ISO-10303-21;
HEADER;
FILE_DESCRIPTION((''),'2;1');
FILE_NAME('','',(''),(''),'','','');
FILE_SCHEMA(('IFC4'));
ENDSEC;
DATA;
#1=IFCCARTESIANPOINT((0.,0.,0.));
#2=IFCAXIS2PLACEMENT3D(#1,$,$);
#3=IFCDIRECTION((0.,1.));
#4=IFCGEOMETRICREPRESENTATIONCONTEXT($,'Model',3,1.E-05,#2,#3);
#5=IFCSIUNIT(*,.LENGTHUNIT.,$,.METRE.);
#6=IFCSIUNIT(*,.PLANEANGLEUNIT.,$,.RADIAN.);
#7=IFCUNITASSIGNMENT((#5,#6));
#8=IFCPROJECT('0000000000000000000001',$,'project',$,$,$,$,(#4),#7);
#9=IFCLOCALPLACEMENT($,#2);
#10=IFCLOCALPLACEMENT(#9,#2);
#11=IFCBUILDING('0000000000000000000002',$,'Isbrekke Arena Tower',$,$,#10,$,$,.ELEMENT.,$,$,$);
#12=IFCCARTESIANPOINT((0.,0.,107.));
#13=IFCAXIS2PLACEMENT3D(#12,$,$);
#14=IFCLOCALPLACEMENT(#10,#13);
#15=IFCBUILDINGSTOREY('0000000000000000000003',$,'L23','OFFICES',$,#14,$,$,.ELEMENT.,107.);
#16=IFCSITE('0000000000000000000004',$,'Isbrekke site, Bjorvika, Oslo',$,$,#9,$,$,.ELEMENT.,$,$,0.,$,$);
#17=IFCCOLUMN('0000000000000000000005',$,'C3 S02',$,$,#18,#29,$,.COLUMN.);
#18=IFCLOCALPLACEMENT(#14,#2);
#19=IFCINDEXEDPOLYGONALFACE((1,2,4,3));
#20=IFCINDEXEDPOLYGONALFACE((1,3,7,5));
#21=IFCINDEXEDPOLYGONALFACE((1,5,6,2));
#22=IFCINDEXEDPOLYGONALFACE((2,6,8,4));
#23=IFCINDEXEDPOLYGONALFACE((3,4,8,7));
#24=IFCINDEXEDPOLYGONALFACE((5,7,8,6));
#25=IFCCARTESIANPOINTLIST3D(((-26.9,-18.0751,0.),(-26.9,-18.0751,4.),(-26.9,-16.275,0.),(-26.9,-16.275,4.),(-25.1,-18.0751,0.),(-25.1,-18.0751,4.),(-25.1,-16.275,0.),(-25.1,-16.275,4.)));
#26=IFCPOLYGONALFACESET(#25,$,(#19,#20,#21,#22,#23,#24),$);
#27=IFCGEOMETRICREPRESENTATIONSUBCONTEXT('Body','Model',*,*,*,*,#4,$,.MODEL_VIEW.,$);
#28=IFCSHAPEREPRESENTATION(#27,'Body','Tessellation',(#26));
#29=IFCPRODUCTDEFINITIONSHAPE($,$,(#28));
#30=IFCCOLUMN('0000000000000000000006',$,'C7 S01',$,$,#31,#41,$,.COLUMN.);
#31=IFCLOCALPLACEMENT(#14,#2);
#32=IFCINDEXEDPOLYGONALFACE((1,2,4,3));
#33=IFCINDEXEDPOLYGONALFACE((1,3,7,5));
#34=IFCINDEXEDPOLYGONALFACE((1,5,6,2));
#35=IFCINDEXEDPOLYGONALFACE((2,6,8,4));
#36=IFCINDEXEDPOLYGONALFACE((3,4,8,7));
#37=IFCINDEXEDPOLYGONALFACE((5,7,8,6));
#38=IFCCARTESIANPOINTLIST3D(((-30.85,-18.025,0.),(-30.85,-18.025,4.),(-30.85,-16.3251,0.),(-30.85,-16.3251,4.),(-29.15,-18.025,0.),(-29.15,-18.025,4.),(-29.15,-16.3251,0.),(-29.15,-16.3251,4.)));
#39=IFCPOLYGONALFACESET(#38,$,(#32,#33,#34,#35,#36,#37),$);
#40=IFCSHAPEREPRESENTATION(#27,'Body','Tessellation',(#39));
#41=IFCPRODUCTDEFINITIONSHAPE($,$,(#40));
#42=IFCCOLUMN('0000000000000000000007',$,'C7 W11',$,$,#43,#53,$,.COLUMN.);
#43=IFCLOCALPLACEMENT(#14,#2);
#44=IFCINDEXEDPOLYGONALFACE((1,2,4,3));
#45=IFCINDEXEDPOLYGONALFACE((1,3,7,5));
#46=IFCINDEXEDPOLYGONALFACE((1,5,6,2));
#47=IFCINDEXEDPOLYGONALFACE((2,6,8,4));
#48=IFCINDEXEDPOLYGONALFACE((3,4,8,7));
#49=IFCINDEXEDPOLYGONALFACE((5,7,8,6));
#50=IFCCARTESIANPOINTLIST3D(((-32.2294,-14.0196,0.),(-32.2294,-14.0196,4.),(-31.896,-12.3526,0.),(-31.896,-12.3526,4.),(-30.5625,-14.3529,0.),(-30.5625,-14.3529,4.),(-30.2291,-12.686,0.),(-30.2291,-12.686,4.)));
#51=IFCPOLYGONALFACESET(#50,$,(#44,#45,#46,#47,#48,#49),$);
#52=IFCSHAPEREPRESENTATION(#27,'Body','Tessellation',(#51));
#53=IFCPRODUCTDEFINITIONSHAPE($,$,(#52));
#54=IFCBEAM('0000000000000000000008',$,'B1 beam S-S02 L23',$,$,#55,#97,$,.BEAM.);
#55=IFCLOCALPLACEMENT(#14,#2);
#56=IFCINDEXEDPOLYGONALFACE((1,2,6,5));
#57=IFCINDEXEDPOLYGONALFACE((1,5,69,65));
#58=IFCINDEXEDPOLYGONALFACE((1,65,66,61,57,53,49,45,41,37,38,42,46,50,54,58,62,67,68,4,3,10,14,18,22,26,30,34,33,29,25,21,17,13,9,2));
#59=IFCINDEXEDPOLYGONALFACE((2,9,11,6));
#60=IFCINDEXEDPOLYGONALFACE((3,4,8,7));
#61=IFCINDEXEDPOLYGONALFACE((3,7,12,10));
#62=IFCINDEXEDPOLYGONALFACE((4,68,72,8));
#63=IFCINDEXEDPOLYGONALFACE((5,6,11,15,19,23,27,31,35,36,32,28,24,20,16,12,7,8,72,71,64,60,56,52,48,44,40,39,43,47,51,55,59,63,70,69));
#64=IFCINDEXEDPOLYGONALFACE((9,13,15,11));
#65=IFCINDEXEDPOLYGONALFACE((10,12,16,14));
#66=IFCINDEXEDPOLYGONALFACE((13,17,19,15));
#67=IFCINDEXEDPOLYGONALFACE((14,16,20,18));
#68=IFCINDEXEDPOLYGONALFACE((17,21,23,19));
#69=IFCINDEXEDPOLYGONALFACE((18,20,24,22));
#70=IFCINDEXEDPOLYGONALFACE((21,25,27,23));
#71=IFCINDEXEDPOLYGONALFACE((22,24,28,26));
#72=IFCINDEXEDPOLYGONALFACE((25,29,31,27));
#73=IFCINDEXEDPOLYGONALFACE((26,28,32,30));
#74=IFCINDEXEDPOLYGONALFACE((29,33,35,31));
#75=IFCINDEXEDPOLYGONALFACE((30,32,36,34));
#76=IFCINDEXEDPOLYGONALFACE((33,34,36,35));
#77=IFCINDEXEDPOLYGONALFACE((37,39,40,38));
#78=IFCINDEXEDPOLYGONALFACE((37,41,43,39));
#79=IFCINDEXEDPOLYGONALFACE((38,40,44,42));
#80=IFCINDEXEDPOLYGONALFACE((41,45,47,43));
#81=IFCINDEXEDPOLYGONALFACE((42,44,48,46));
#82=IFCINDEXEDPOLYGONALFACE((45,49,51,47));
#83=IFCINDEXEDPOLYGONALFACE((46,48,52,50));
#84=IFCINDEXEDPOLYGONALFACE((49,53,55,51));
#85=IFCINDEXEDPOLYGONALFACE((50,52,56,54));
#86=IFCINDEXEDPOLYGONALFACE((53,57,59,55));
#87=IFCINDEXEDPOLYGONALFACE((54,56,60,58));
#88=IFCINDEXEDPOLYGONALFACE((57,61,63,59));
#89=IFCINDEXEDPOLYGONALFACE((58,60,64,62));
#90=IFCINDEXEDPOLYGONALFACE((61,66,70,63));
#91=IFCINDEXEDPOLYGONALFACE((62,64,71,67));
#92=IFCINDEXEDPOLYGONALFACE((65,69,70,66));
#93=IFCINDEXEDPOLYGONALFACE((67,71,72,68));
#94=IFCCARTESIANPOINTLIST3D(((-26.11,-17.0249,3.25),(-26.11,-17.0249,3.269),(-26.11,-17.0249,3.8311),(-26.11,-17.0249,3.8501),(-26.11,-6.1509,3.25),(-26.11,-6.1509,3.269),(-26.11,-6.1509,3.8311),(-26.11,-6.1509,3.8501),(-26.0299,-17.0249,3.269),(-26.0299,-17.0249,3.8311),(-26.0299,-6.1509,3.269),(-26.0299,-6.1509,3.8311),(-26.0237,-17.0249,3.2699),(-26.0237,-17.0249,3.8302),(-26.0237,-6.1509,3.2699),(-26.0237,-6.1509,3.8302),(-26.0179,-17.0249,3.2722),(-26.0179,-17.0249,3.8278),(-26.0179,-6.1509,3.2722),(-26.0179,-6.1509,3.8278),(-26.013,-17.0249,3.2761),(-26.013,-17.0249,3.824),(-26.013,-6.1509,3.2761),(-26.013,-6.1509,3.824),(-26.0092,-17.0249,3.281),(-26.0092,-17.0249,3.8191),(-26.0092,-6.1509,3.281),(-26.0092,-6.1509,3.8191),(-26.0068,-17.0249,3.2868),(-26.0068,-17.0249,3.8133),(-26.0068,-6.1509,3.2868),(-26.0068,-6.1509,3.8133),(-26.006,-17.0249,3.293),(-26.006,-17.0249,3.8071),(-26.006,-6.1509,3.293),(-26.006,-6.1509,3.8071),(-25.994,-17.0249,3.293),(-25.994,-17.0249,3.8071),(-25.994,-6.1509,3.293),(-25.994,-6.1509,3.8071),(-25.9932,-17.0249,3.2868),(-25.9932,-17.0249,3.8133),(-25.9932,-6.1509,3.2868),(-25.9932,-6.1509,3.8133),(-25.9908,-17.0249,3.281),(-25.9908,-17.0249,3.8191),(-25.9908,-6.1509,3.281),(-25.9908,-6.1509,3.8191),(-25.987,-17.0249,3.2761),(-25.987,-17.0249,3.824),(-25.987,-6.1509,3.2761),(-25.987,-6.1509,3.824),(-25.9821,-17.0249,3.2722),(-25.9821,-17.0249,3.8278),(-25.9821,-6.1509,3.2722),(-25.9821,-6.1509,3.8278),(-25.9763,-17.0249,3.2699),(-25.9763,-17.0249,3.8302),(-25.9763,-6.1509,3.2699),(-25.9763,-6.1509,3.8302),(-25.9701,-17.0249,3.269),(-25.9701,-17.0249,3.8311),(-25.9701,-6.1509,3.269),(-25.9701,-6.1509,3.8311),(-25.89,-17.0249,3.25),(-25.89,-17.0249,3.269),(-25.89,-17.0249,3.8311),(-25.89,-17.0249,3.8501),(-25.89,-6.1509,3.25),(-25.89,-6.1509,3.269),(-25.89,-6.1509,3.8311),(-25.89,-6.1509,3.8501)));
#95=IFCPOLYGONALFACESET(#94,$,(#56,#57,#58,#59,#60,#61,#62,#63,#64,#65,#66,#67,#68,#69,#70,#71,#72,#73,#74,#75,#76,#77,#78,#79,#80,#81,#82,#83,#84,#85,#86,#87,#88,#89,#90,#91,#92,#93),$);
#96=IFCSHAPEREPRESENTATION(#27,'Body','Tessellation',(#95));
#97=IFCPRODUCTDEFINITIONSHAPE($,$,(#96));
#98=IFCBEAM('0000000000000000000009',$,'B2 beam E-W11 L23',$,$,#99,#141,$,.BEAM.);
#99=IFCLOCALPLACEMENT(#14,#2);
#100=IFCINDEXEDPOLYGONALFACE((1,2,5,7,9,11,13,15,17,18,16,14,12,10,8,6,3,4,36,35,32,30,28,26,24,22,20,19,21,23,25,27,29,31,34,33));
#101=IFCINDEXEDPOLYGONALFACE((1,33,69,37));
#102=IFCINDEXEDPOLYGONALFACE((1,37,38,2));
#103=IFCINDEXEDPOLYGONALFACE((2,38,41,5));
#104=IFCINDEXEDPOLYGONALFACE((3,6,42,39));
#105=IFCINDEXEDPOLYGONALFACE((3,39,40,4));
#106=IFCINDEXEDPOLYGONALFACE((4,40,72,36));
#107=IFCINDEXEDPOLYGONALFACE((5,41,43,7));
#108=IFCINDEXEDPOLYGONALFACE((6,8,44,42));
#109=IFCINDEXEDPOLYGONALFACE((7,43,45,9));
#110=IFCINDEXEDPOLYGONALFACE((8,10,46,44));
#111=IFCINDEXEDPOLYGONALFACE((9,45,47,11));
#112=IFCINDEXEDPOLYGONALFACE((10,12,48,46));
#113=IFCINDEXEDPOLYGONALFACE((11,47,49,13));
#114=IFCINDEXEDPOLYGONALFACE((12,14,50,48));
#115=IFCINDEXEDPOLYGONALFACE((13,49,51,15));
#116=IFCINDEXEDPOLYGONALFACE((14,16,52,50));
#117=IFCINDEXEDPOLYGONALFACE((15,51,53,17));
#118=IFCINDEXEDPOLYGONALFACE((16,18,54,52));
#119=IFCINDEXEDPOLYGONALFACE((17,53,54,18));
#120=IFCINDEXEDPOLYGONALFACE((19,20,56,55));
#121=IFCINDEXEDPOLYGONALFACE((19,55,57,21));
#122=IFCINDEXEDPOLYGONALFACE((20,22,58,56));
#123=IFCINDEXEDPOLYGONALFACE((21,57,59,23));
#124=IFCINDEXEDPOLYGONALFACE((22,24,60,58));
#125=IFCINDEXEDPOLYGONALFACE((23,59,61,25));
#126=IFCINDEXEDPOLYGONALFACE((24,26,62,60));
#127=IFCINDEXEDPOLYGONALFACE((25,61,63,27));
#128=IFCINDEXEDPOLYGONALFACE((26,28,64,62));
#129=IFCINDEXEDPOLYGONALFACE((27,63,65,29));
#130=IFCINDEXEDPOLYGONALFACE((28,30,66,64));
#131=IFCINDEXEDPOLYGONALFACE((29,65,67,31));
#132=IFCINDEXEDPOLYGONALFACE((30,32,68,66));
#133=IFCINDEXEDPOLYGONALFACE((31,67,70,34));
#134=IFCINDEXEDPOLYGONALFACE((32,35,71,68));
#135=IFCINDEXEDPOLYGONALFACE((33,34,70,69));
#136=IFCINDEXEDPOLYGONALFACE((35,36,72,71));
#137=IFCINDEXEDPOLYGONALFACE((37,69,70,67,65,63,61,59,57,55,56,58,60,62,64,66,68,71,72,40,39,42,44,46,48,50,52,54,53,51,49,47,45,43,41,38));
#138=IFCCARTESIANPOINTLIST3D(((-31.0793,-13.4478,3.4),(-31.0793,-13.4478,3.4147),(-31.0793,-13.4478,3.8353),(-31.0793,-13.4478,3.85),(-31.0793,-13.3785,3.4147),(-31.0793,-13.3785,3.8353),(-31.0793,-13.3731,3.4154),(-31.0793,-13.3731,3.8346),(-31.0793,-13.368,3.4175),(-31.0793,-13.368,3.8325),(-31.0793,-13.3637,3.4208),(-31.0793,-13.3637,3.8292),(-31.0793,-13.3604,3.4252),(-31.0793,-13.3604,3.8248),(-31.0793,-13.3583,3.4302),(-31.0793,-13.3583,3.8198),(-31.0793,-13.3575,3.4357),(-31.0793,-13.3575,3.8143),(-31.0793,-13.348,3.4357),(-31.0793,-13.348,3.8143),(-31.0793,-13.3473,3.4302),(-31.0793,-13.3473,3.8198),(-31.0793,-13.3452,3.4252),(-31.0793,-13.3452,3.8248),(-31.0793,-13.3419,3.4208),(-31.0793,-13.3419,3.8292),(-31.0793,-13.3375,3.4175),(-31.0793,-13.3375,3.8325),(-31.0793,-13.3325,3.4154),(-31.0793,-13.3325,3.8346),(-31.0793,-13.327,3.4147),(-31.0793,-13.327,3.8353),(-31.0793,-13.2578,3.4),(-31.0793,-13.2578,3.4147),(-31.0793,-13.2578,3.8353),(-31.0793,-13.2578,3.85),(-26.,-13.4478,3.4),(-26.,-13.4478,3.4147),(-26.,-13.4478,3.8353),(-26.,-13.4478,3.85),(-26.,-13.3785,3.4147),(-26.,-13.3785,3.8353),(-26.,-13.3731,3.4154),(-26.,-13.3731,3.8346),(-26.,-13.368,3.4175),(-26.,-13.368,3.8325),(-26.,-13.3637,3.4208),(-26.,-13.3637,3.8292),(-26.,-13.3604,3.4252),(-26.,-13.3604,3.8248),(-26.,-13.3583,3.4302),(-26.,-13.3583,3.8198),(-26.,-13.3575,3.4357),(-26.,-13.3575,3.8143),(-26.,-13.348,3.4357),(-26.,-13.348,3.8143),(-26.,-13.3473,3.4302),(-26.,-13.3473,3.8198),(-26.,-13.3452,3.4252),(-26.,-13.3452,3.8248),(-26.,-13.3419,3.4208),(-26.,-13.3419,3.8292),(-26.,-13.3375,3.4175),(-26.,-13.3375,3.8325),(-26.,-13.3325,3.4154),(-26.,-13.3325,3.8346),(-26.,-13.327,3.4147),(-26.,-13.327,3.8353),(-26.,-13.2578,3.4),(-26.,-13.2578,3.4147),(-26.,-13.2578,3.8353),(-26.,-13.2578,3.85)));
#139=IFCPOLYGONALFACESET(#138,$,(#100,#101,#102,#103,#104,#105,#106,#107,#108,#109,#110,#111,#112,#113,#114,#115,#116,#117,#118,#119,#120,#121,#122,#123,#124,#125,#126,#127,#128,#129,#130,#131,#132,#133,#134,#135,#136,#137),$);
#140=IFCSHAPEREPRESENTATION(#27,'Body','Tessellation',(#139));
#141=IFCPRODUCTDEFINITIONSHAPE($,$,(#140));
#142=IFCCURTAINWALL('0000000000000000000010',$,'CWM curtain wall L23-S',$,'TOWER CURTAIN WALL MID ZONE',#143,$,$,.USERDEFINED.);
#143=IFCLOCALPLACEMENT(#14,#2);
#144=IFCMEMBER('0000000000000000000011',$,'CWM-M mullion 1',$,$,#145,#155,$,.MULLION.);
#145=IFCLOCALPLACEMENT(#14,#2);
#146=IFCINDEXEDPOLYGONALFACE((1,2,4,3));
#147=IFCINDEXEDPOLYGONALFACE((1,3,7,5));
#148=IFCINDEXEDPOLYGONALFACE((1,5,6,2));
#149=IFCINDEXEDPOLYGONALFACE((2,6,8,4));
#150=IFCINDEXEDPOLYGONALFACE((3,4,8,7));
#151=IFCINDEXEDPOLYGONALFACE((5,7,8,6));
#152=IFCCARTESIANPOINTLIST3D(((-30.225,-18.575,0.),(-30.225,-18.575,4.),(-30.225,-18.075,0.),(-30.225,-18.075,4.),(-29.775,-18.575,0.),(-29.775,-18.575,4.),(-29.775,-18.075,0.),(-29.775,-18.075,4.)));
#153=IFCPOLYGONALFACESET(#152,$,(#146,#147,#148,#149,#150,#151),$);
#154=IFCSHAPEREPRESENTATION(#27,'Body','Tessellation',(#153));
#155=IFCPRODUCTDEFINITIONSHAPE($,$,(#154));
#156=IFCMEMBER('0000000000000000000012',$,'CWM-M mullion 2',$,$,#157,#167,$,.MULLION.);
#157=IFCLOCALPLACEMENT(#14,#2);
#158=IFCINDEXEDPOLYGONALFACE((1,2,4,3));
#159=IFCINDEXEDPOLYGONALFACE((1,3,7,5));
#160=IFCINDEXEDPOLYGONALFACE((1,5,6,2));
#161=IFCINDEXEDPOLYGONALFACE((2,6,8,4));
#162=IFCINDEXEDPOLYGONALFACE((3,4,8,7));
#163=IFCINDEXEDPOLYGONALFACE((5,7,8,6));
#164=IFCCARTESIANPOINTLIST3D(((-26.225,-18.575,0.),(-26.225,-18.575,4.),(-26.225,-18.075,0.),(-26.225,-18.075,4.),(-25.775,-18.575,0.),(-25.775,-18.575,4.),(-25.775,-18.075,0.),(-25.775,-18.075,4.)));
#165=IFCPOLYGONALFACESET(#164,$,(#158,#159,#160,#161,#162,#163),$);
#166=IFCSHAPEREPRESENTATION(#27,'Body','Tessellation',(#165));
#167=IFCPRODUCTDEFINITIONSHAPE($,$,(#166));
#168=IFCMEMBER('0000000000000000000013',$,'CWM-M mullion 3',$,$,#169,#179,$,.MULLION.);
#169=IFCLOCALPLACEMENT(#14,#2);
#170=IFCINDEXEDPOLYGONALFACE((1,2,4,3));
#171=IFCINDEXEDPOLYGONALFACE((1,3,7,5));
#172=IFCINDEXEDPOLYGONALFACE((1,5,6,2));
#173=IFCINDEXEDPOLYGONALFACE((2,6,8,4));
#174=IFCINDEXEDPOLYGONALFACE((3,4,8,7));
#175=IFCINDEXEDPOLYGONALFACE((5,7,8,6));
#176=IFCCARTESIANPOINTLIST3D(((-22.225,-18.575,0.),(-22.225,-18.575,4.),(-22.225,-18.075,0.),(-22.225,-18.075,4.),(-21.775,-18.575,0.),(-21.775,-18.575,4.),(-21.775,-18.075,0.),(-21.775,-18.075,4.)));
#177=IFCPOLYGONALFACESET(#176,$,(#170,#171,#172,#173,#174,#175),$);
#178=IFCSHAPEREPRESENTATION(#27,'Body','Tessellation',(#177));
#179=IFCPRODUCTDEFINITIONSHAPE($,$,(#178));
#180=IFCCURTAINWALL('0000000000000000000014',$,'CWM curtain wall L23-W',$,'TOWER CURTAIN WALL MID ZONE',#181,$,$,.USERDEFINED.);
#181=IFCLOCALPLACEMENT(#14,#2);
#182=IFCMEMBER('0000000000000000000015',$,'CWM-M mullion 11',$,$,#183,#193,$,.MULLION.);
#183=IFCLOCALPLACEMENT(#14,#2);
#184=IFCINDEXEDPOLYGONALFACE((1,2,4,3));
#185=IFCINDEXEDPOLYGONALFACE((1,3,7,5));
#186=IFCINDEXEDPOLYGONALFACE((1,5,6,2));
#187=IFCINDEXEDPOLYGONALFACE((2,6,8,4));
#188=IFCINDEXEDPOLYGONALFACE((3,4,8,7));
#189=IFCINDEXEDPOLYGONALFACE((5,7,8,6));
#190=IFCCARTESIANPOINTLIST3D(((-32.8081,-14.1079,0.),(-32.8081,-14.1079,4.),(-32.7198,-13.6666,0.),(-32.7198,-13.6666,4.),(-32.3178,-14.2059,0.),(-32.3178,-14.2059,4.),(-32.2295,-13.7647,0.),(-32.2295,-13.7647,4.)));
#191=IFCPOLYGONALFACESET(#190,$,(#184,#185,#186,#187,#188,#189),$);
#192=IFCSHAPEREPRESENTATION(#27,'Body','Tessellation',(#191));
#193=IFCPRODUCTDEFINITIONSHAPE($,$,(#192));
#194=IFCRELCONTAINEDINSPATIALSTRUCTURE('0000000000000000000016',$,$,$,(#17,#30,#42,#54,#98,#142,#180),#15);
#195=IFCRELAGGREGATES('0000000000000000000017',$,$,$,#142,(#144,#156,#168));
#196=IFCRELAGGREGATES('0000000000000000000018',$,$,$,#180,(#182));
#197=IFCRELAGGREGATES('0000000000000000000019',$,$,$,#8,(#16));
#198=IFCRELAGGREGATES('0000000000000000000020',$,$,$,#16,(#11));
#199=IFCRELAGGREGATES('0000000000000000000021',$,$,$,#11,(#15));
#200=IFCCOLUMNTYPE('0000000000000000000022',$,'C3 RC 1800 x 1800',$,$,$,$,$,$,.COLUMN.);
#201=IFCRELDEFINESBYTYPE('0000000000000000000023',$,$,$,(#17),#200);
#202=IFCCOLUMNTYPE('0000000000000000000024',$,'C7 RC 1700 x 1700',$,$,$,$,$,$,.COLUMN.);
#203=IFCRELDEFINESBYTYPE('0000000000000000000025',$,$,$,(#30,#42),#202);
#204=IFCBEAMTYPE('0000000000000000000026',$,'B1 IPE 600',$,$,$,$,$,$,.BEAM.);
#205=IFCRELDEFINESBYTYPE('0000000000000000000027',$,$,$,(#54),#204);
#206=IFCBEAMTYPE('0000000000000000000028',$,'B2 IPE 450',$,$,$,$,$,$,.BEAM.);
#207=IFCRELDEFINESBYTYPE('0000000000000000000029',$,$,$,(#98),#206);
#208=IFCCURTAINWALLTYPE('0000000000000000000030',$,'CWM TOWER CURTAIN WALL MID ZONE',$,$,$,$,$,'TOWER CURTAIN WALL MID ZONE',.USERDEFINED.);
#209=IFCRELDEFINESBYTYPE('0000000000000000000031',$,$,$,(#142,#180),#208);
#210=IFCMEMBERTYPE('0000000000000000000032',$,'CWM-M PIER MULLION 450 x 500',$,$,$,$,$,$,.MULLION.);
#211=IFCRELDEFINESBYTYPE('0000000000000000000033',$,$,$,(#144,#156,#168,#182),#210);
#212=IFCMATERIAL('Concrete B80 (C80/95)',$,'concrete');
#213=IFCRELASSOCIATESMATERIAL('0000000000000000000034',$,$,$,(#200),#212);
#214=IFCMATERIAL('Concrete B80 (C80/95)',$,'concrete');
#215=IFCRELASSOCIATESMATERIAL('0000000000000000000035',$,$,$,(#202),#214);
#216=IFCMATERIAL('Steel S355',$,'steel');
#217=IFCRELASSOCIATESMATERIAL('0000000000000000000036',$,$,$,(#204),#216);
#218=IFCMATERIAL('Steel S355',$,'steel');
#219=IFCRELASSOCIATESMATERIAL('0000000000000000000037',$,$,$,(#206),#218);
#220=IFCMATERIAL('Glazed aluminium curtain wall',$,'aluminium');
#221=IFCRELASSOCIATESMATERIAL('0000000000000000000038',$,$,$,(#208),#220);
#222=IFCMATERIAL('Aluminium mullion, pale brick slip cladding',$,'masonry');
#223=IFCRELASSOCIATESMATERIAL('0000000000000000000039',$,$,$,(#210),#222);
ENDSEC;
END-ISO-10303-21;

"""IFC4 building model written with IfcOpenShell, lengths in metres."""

from ifc_helpers import new_model, si_unit, direction, frame, origin, origin_2d, place, context, subcontext, project, spatial, rectangle, i_section, extrude, material, material_profile, profile_set, type_object, element, aggregate, save


model = new_model("IFC4")

# Units and contexts
model_context = context("Model", 3, precision=1e-05, world=origin(), true_north=direction((0.0, 1.0)))
body_context = subcontext(model_context, "Body", "Model", "MODEL_VIEW")
ifc_project = project(units=[si_unit("LENGTHUNIT", "METRE"), si_unit("PLANEANGLEUNIT", "RADIAN")], contexts=[model_context])

# Site, building, storey
site_placement = place(None, origin())
site = spatial("IfcSite", under=ifc_project, at=site_placement, Name="Isbrekke site, Bjorvika, Oslo", CompositionType="ELEMENT", RefElevation=0.0)
building_placement = place(site_placement, origin())
building = spatial("IfcBuilding", under=site, at=building_placement, Name="Isbrekke Arena Tower", CompositionType="ELEMENT")
storey_placement = place(building_placement, frame((0.0, 0.0, 107.0)))
storey = spatial("IfcBuildingStorey", under=building, at=storey_placement, Name="L23", Description="OFFICES", CompositionType="ELEMENT", Elevation=107.0)

# Columns
ifc_material_1 = material(Name="Concrete B80 (C80/95)", Category="concrete")
ifc_material_profile_1 = material_profile(ifc_material_1, rectangle(XDim=1.8, YDim=1.8, at=origin_2d()), Name="RC 1800x1800")
ifc_profile_set_1 = profile_set([ifc_material_profile_1], Name="Concrete B80 (C80/95)")
column_type_1 = type_object("IfcColumnType", Name="C3 RC 1800 x 1800", PredefinedType="COLUMN", material=ifc_profile_set_1)
column_placement = place(storey_placement, frame((-26.0, -17.175, 0.0), z_axis=(0.0, 0.0, 1.0), x_axis=(1.0, 0.0, 0.0)))
element("IfcColumn", 1, at=column_placement, inside=storey, type_object=column_type_1, Name="C3 S02", PredefinedType="COLUMN", context=body_context, shape_type="SweptSolid", body=[
    extrude(rectangle(XDim=1.8, YDim=1.8, at=origin_2d()), origin(), (0.0, 0.0, 1.0), 4.0),
])
ifc_material_2 = material(Name="Concrete B80 (C80/95)", Category="concrete")
ifc_material_profile_2 = material_profile(ifc_material_2, rectangle(XDim=1.7, YDim=1.7, at=origin_2d()), Name="RC 1700x1700")
ifc_profile_set_2 = profile_set([ifc_material_profile_2], Name="Concrete B80 (C80/95)")
column_type_2 = type_object("IfcColumnType", Name="C7 RC 1700 x 1700", PredefinedType="COLUMN", material=ifc_profile_set_2)
for number, where, z_axis, x_axis, name in (
    (2, (-30.0, -17.175, 0.0), (0.0, 0.0, 1.0), (1.0, 0.0, 0.0), "C7 S01"),
    (3, (-31.2292, -13.3528, 0.0), (0.0, 0.0, 1.0), (-0.196116, -0.980581, 0.0), "C7 W11"),
):
    element("IfcColumn", number, at=place(storey_placement, frame(where, z_axis=z_axis, x_axis=x_axis)), inside=storey, type_object=column_type_2, Name=name, PredefinedType="COLUMN", context=body_context, shape_type="SweptSolid", body=[
        extrude(rectangle(XDim=1.7, YDim=1.7, at=origin_2d()), origin(), (0.0, 0.0, 1.0), 4.0),
    ])

# Beams
ifc_material_3 = material(Name="Steel S355", Category="steel")
ifc_material_profile_3 = material_profile(ifc_material_3, i_section(OverallWidth=0.22, OverallDepth=0.6001, WebThickness=0.012, FlangeThickness=0.019, FilletRadius=0.0239, at=origin_2d()), Name="IPE 600")
ifc_profile_set_3 = profile_set([ifc_material_profile_3], Name="Steel S355")
beam_type_1 = type_object("IfcBeamType", Name="B1 IPE 600", PredefinedType="BEAM", material=ifc_profile_set_3)
beam_1_placement = place(storey_placement, frame((-26.0, -17.0249, 3.55), z_axis=(0.0, 1.0, 0.0), x_axis=(-1.0, 0.0, 0.0)))
element("IfcBeam", 4, at=beam_1_placement, inside=storey, type_object=beam_type_1, Name="B1 beam S-S02 L23", PredefinedType="BEAM", context=body_context, shape_type="SweptSolid", body=[
    extrude(i_section(OverallWidth=0.22, OverallDepth=0.6001, WebThickness=0.012, FlangeThickness=0.019, FilletRadius=0.0239, at=origin_2d()), origin(), (0.0, 0.0, 1.0), 10.874),
])
ifc_material_4 = material(Name="Steel S355", Category="steel")
ifc_material_profile_4 = material_profile(ifc_material_4, i_section(OverallWidth=0.1899, OverallDepth=0.45, WebThickness=0.0095, FlangeThickness=0.0146, FilletRadius=0.021, at=origin_2d()), Name="IPE 450")
ifc_profile_set_4 = profile_set([ifc_material_profile_4], Name="Steel S355")
beam_type_2 = type_object("IfcBeamType", Name="B2 IPE 450", PredefinedType="BEAM", material=ifc_profile_set_4)
beam_2_placement = place(storey_placement, frame((-31.0793, -13.3528, 3.625), z_axis=(1.0, 0.0, 0.0), x_axis=(0.0, 1.0, 0.0)))
element("IfcBeam", 5, at=beam_2_placement, inside=storey, type_object=beam_type_2, Name="B2 beam E-W11 L23", PredefinedType="BEAM", context=body_context, shape_type="SweptSolid", body=[
    extrude(i_section(OverallWidth=0.1899, OverallDepth=0.45, WebThickness=0.0095, FlangeThickness=0.0146, FilletRadius=0.021, at=origin_2d()), origin(), (0.0, 0.0, 1.0), 5.0793),
])

# Curtain wall, members
ifc_material_5 = material(Name="Glazed aluminium curtain wall", Category="aluminium")
curtain_wall_type = type_object("IfcCurtainWallType", Name="CWM TOWER CURTAIN WALL MID ZONE", ElementType="TOWER CURTAIN WALL MID ZONE", PredefinedType="USERDEFINED", material=ifc_material_5)
curtain_wall_1_placement = place(storey_placement, origin())
curtain_wall_1 = element("IfcCurtainWall", 6, at=curtain_wall_1_placement, inside=storey, type_object=curtain_wall_type, Name="CWM curtain wall L23-S", ObjectType="TOWER CURTAIN WALL MID ZONE", PredefinedType="USERDEFINED")
ifc_material_6 = material(Name="Aluminium mullion, pale brick slip cladding", Category="masonry")
ifc_material_profile_5 = material_profile(ifc_material_6, rectangle(XDim=0.45, YDim=0.5, at=origin_2d()), Name="PIER 450X500")
ifc_profile_set_5 = profile_set([ifc_material_profile_5], Name="Aluminium mullion, pale brick slip cladding")
member_type_1 = type_object("IfcMemberType", Name="CWM-M PIER MULLION 450 x 500", PredefinedType="MULLION", material=ifc_profile_set_5)
member_1_placement = place(storey_placement, frame((-30.0, -18.325, 0.0), z_axis=(0.0, 0.0, 1.0), x_axis=(1.0, 0.0, 0.0)))
member_1 = element("IfcMember", 7, at=member_1_placement, type_object=member_type_1, Name="CWM-M mullion 1", PredefinedType="MULLION", context=body_context, shape_type="SweptSolid", body=[
    extrude(rectangle(XDim=0.45, YDim=0.5, at=origin_2d()), origin(), (0.0, 0.0, 1.0), 4.0),
])
member_2_placement = place(storey_placement, frame((-26.0, -18.325, 0.0), z_axis=(0.0, 0.0, 1.0), x_axis=(1.0, 0.0, 0.0)))
member_2 = element("IfcMember", 8, at=member_2_placement, type_object=member_type_1, Name="CWM-M mullion 2", PredefinedType="MULLION", context=body_context, shape_type="SweptSolid", body=[
    extrude(rectangle(XDim=0.45, YDim=0.5, at=origin_2d()), origin(), (0.0, 0.0, 1.0), 4.0),
])
member_3_placement = place(storey_placement, frame((-22.0, -18.325, 0.0), z_axis=(0.0, 0.0, 1.0), x_axis=(1.0, 0.0, 0.0)))
member_3 = element("IfcMember", 9, at=member_3_placement, type_object=member_type_1, Name="CWM-M mullion 3", PredefinedType="MULLION", context=body_context, shape_type="SweptSolid", body=[
    extrude(rectangle(XDim=0.45, YDim=0.5, at=origin_2d()), origin(), (0.0, 0.0, 1.0), 4.0),
])

# Curtain wall, member
curtain_wall_2_placement = place(storey_placement, origin())
curtain_wall_2 = element("IfcCurtainWall", 10, at=curtain_wall_2_placement, inside=storey, type_object=curtain_wall_type, Name="CWM curtain wall L23-W", ObjectType="TOWER CURTAIN WALL MID ZONE", PredefinedType="USERDEFINED")
member_4_placement = place(storey_placement, frame((-32.5188, -13.9363, 0.0), z_axis=(0.0, 0.0, 1.0), x_axis=(-0.196116, -0.980581, 0.0)))
member_4 = element("IfcMember", 11, at=member_4_placement, type_object=member_type_1, Name="CWM-M mullion 11", PredefinedType="MULLION", context=body_context, shape_type="SweptSolid", body=[
    extrude(rectangle(XDim=0.45, YDim=0.5, at=origin_2d()), origin(), (0.0, 0.0, 1.0), 4.0),
])

aggregate(curtain_wall_1, [member_1, member_2, member_3])
aggregate(curtain_wall_2, [member_4])

save(model, "model.ifc")
